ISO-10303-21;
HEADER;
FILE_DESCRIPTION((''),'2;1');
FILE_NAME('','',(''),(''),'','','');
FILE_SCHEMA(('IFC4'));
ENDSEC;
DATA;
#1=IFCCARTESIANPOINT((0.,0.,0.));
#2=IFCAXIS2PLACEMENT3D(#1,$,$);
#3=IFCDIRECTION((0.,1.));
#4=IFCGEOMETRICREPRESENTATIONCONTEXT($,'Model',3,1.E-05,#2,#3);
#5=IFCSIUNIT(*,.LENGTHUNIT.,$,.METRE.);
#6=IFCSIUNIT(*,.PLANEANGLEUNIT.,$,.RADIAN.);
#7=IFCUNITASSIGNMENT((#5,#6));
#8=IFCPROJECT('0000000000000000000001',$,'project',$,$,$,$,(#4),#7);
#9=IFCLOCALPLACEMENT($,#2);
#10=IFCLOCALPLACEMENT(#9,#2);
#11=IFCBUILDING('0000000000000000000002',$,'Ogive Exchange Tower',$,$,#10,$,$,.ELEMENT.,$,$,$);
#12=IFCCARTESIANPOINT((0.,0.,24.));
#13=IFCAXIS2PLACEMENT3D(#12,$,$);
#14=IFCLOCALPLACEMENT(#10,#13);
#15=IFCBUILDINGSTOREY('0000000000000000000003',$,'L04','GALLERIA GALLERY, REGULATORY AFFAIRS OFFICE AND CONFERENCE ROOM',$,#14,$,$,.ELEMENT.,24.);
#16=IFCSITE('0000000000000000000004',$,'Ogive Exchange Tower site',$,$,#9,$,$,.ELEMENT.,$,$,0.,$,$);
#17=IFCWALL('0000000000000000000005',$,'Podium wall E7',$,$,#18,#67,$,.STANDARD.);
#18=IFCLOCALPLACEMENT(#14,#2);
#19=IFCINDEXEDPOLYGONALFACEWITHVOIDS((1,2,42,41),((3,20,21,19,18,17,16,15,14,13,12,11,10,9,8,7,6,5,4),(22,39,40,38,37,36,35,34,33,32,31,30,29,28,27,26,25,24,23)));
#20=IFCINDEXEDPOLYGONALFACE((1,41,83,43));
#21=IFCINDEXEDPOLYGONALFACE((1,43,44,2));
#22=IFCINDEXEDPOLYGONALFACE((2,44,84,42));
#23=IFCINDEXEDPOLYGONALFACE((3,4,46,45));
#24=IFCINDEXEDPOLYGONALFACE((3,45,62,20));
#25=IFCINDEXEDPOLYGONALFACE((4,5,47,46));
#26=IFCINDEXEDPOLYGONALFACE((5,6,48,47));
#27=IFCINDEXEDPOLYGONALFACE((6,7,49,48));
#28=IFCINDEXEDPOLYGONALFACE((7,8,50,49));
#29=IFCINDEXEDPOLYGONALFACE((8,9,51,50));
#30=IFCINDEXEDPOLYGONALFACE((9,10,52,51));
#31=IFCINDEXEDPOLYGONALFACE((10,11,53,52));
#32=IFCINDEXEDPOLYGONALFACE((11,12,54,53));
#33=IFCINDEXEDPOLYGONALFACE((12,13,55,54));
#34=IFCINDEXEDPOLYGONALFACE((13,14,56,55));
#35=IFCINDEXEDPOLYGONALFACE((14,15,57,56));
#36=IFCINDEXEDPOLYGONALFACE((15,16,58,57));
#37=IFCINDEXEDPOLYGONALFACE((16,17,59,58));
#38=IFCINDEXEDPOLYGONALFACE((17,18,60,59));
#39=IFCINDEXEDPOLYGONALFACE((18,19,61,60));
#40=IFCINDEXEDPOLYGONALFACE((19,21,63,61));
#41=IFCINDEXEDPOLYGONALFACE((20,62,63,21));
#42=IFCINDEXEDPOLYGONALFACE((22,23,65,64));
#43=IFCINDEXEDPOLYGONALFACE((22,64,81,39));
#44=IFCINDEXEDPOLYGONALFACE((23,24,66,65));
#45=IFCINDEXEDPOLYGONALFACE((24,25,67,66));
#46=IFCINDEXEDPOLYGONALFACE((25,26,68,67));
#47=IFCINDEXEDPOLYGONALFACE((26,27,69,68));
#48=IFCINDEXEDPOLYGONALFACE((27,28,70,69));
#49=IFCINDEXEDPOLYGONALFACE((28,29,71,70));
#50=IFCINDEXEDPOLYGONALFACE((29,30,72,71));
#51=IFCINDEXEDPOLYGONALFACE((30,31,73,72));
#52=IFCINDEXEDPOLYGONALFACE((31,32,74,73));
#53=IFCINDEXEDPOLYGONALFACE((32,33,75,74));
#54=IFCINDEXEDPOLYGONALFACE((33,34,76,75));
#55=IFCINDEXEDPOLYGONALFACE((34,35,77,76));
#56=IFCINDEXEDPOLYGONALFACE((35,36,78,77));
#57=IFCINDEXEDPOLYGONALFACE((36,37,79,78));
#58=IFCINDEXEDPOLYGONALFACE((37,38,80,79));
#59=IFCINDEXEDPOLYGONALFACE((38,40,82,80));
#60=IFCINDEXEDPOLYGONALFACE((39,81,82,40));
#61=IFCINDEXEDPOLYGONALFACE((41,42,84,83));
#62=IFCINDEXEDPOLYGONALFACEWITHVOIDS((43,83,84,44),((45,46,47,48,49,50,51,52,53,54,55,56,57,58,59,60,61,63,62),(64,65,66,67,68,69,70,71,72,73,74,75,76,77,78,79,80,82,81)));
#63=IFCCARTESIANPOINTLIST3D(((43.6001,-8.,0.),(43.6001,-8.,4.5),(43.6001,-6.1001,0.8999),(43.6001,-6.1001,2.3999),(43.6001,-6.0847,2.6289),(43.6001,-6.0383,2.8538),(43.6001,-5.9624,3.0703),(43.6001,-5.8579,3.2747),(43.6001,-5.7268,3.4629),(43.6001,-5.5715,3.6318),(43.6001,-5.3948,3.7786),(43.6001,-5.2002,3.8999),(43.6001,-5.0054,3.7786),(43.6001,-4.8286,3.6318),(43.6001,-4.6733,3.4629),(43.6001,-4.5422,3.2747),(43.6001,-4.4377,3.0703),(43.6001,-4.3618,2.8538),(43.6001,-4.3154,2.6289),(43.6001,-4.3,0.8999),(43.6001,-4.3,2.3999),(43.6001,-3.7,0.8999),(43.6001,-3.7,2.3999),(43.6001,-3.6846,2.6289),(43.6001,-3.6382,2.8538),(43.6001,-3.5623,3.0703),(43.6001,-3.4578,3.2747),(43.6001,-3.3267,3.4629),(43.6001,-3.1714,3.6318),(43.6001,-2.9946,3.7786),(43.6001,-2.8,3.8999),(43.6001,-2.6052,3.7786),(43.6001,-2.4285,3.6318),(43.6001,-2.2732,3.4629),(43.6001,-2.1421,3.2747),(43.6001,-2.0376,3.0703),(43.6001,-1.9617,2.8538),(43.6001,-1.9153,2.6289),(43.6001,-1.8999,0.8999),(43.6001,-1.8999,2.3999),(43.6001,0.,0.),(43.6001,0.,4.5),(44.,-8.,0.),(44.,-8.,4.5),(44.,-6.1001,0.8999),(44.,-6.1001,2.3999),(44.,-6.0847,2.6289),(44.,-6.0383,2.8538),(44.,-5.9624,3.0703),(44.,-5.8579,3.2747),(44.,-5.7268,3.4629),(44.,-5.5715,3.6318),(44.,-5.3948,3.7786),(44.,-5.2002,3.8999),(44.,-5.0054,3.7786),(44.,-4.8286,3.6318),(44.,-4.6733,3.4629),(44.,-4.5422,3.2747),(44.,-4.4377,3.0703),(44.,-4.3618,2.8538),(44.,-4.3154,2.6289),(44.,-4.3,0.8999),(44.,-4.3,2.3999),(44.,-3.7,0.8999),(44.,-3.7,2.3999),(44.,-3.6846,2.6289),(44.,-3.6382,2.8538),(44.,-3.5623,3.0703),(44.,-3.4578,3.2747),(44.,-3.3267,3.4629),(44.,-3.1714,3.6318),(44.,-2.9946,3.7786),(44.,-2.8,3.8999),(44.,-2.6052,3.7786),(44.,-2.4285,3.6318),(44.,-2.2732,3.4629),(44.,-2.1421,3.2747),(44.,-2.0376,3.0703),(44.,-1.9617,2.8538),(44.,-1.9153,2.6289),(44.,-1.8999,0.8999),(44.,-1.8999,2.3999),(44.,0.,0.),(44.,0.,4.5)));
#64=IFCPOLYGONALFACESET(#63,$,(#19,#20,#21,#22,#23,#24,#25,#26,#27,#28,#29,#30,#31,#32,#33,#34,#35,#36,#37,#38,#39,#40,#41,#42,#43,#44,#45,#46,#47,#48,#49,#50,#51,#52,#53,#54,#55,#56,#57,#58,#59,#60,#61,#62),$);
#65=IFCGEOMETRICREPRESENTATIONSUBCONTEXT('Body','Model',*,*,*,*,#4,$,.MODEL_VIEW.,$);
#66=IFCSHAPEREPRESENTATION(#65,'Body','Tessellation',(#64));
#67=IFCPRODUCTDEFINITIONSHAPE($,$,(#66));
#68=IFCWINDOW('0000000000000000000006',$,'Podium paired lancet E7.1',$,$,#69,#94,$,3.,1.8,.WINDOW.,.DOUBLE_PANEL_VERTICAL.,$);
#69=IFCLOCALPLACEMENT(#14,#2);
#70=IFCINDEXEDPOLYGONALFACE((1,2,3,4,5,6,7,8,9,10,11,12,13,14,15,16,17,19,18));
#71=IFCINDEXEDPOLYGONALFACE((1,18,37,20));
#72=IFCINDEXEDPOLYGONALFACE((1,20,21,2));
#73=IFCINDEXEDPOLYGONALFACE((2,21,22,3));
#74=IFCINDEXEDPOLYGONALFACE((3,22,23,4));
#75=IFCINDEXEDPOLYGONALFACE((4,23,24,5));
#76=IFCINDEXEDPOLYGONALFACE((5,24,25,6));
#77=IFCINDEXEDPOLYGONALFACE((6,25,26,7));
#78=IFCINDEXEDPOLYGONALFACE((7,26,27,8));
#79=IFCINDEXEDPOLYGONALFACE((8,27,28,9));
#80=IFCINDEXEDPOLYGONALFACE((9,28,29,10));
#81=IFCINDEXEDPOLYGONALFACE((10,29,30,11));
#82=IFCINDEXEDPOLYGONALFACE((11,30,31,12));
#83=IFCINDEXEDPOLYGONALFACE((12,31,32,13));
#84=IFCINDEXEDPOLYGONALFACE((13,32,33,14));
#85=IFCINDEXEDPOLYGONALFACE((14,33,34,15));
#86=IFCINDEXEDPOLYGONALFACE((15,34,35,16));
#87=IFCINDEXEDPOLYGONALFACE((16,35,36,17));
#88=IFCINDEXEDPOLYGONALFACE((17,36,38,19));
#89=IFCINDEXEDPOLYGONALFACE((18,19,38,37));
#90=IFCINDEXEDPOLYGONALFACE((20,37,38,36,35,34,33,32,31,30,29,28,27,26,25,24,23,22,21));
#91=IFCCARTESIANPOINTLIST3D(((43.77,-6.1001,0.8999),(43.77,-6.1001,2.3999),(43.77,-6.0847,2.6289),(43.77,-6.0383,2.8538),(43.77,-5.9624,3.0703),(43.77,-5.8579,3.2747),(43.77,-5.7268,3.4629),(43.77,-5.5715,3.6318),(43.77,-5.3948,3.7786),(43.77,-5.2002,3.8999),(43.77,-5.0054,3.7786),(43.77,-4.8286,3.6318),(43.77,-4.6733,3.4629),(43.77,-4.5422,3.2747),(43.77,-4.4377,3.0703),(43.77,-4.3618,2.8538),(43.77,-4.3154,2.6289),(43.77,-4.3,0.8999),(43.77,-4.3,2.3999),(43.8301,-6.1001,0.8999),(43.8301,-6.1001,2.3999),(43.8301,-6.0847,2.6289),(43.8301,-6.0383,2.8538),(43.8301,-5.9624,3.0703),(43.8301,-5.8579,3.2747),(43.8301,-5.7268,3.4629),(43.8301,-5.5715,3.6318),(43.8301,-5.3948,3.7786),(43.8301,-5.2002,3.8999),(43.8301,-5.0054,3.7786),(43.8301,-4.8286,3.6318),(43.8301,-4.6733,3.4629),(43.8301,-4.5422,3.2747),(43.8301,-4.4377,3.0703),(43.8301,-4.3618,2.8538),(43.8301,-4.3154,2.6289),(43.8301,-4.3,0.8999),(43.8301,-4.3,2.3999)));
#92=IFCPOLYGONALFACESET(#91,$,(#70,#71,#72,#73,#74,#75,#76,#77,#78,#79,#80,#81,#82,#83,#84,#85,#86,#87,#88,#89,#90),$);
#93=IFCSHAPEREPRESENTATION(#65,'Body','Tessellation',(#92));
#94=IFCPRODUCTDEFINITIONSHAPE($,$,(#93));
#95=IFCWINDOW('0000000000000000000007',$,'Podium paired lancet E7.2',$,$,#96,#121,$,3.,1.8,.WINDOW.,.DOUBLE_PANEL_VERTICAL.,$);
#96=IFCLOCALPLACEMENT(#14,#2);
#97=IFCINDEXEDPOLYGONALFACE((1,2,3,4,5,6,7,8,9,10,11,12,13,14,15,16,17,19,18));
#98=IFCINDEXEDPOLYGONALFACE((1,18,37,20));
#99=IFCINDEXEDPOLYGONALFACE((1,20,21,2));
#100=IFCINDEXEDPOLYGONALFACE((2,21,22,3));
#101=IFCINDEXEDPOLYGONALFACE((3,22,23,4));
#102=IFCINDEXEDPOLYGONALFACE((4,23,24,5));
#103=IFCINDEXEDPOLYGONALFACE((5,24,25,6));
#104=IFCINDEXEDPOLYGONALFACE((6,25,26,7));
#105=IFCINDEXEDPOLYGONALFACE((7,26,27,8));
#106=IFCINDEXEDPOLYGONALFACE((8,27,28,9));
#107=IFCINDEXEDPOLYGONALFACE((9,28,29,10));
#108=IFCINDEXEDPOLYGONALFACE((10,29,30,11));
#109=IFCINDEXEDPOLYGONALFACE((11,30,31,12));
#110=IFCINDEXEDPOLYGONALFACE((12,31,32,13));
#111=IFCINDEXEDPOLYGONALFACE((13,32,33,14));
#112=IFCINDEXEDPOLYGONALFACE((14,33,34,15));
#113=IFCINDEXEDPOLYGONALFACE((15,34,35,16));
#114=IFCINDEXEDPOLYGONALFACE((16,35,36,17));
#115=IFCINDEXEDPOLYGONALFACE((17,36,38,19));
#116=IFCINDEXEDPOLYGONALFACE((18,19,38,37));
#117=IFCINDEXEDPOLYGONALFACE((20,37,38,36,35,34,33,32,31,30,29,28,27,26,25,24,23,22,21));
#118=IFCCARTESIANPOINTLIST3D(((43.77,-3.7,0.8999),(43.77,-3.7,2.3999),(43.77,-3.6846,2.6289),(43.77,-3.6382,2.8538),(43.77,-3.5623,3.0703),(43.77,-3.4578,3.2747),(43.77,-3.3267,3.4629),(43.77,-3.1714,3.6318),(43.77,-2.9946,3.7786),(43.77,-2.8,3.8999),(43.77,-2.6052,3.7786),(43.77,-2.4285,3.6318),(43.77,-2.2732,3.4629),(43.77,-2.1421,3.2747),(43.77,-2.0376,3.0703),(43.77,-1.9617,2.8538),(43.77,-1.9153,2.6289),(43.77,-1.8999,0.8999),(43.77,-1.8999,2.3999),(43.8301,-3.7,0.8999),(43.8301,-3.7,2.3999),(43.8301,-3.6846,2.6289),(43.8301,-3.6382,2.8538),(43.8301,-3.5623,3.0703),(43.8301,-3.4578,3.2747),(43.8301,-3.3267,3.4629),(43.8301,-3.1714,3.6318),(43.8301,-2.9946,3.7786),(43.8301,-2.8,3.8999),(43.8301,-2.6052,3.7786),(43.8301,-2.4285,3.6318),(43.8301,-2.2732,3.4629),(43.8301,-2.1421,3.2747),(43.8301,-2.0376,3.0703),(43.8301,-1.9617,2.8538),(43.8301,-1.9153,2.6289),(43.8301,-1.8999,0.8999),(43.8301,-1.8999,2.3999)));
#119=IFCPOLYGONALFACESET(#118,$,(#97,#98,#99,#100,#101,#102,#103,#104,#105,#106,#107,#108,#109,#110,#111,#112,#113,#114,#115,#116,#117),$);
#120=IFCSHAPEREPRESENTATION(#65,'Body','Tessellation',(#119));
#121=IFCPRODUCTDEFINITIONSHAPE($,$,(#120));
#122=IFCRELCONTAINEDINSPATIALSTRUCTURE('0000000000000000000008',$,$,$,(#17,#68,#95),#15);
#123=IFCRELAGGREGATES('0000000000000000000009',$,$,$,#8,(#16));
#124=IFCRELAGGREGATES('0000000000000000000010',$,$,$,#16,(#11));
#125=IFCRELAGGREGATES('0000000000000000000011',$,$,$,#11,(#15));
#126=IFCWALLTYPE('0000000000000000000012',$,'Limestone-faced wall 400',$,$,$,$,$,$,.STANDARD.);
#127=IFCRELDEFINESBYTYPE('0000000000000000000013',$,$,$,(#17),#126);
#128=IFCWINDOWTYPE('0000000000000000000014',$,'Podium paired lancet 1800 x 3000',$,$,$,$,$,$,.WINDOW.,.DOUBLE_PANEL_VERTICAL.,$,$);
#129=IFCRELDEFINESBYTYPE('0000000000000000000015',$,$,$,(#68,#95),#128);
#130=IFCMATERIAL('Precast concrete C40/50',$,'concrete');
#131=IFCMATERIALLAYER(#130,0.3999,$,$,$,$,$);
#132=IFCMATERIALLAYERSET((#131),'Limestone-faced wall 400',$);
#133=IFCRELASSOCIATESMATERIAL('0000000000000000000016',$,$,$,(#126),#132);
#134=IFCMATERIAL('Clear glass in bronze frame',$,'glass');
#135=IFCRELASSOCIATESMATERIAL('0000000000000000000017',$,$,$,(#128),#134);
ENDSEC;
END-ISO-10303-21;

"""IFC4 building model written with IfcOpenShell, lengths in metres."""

from ifc_helpers import new_model, si_unit, direction, frame, frame_2d, origin, place, context, subcontext, project, spatial, polyline, rectangle, outline, extrude, material, layer, layer_set, type_object, element, fill, save


model = new_model("IFC4")

# Units and contexts
model_context = context("Model", 3, precision=1e-05, world=origin(), true_north=direction((0.0, 1.0)))
body_context = subcontext(model_context, "Body", "Model", "MODEL_VIEW")
ifc_project = project(units=[si_unit("LENGTHUNIT", "METRE"), si_unit("PLANEANGLEUNIT", "RADIAN")], contexts=[model_context])

# Site, building, storey
site_placement = place(None, origin())
site = spatial("IfcSite", under=ifc_project, at=site_placement, Name="Ogive Exchange Tower site", CompositionType="ELEMENT", RefElevation=0.0)
building_placement = place(site_placement, origin())
building = spatial("IfcBuilding", under=site, at=building_placement, Name="Ogive Exchange Tower", CompositionType="ELEMENT")
storey_placement = place(building_placement, frame((0.0, 0.0, 24.0)))
storey = spatial("IfcBuildingStorey", under=building, at=storey_placement, Name="L04", Description="GALLERIA GALLERY, REGULATORY AFFAIRS OFFICE AND CONFERENCE ROOM", CompositionType="ELEMENT", Elevation=24.0)

# Wall, openings, windows
ifc_material_1 = material(Name="Precast concrete C40/50", Category="concrete")
ifc_layer_1 = layer(ifc_material_1, 0.3999)
ifc_layer_set_1 = layer_set([ifc_layer_1], Name="Limestone-faced wall 400")
wall_type_1 = type_object("IfcWallType", Name="Limestone-faced wall 400", PredefinedType="STANDARD", material=ifc_layer_set_1)
wall_1_placement = place(storey_placement, frame((43.8, -8.0, 0.0), z_axis=(0.0, 0.0, 1.0), x_axis=(0.0, 1.0, 0.0)))
wall_1 = element("IfcWall", 1, at=wall_1_placement, inside=storey, type_object=wall_type_1, Name="Podium wall E7", PredefinedType="STANDARD", context=body_context, shape_type="SweptSolid", body=[
    extrude(rectangle(XDim=8.0, YDim=0.3999, at=frame_2d((4.0, 0.0))), origin(), (0.0, 0.0, 1.0), 4.5),
])
opening_1_placement = place(wall_1_placement, frame((1.8999, 0.0, 0.8999)))
opening_1 = element("IfcOpeningElement", 2, at=opening_1_placement, cuts=wall_1, PredefinedType="OPENING", context=body_context, shape_type="SweptSolid", body=[
    extrude(outline(polyline([(0.0, 0.0), (1.8, 0.0), (1.8, 1.5), (1.7847, 1.729), (1.7383, 1.9539), (1.6624, 2.1704), (1.5579, 2.3748), (1.4268, 2.563), (1.2715, 2.7319), (1.0947, 2.8787), (0.8999, 3.0), (0.7053, 2.8787), (0.5286, 2.7319), (0.3733, 2.563), (0.2422, 2.3748), (0.1377, 2.1704), (0.0618, 1.9539), (0.0154, 1.729), (0.0, 1.5), (0.0, 0.0)])), frame((0.0, 0.21, 0.0), z_axis=(0.0, -1.0, 0.0), x_axis=(1.0, 0.0, 0.0)), (0.0, 0.0, 1.0), 0.4199),
])
opening_2_placement = place(wall_1_placement, frame((4.3, 0.0, 0.8999)))
opening_2 = element("IfcOpeningElement", 3, at=opening_2_placement, cuts=wall_1, PredefinedType="OPENING", context=body_context, shape_type="SweptSolid", body=[
    extrude(outline(polyline([(0.0, 0.0), (1.8, 0.0), (1.8, 1.5), (1.7847, 1.729), (1.7383, 1.9539), (1.6624, 2.1704), (1.5579, 2.3748), (1.4268, 2.563), (1.2715, 2.7319), (1.0947, 2.8787), (0.8999, 3.0), (0.7053, 2.8787), (0.5286, 2.7319), (0.3733, 2.563), (0.2422, 2.3748), (0.1377, 2.1704), (0.0618, 1.9539), (0.0154, 1.729), (0.0, 1.5), (0.0, 0.0)])), frame((0.0, 0.21, 0.0), z_axis=(0.0, -1.0, 0.0), x_axis=(1.0, 0.0, 0.0)), (0.0, 0.0, 1.0), 0.4199),
])
ifc_material_2 = material(Name="Clear glass in bronze frame", Category="glass")
window_type = type_object("IfcWindowType", Name="Podium paired lancet 1800 x 3000", PartitioningType="DOUBLE_PANEL_VERTICAL", PredefinedType="WINDOW", material=ifc_material_2)
window_1_placement = place(opening_1_placement, origin())
window_1 = element("IfcWindow", 4, at=window_1_placement, inside=storey, type_object=window_type, Name="Podium paired lancet E7.1", OverallHeight=3.0, OverallWidth=1.8, PartitioningType="DOUBLE_PANEL_VERTICAL", PredefinedType="WINDOW", context=body_context, shape_type="SweptSolid", body=[
    extrude(outline(polyline([(0.0, 0.0), (1.8, 0.0), (1.8, 1.5), (1.7847, 1.729), (1.7383, 1.9539), (1.6624, 2.1704), (1.5579, 2.3748), (1.4268, 2.563), (1.2715, 2.7319), (1.0947, 2.8787), (0.8999, 3.0), (0.7053, 2.8787), (0.5286, 2.7319), (0.3733, 2.563), (0.2422, 2.3748), (0.1377, 2.1704), (0.0618, 1.9539), (0.0154, 1.729), (0.0, 1.5), (0.0, 0.0)])), frame((0.0, 0.03, 0.0), z_axis=(0.0, -1.0, 0.0), x_axis=(1.0, 0.0, 0.0)), (0.0, 0.0, 1.0), 0.0601),
])
fill(opening_1, window_1)
window_2_placement = place(opening_2_placement, origin())
window_2 = element("IfcWindow", 5, at=window_2_placement, inside=storey, type_object=window_type, Name="Podium paired lancet E7.2", OverallHeight=3.0, OverallWidth=1.8, PartitioningType="DOUBLE_PANEL_VERTICAL", PredefinedType="WINDOW", context=body_context, shape_type="SweptSolid", body=[
    extrude(outline(polyline([(0.0, 0.0), (1.8, 0.0), (1.8, 1.5), (1.7847, 1.729), (1.7383, 1.9539), (1.6624, 2.1704), (1.5579, 2.3748), (1.4268, 2.563), (1.2715, 2.7319), (1.0947, 2.8787), (0.8999, 3.0), (0.7053, 2.8787), (0.5286, 2.7319), (0.3733, 2.563), (0.2422, 2.3748), (0.1377, 2.1704), (0.0618, 1.9539), (0.0154, 1.729), (0.0, 1.5), (0.0, 0.0)])), frame((0.0, 0.03, 0.0), z_axis=(0.0, -1.0, 0.0), x_axis=(1.0, 0.0, 0.0)), (0.0, 0.0, 1.0), 0.0601),
])
fill(opening_2, window_2)

save(model, "model.ifc")
